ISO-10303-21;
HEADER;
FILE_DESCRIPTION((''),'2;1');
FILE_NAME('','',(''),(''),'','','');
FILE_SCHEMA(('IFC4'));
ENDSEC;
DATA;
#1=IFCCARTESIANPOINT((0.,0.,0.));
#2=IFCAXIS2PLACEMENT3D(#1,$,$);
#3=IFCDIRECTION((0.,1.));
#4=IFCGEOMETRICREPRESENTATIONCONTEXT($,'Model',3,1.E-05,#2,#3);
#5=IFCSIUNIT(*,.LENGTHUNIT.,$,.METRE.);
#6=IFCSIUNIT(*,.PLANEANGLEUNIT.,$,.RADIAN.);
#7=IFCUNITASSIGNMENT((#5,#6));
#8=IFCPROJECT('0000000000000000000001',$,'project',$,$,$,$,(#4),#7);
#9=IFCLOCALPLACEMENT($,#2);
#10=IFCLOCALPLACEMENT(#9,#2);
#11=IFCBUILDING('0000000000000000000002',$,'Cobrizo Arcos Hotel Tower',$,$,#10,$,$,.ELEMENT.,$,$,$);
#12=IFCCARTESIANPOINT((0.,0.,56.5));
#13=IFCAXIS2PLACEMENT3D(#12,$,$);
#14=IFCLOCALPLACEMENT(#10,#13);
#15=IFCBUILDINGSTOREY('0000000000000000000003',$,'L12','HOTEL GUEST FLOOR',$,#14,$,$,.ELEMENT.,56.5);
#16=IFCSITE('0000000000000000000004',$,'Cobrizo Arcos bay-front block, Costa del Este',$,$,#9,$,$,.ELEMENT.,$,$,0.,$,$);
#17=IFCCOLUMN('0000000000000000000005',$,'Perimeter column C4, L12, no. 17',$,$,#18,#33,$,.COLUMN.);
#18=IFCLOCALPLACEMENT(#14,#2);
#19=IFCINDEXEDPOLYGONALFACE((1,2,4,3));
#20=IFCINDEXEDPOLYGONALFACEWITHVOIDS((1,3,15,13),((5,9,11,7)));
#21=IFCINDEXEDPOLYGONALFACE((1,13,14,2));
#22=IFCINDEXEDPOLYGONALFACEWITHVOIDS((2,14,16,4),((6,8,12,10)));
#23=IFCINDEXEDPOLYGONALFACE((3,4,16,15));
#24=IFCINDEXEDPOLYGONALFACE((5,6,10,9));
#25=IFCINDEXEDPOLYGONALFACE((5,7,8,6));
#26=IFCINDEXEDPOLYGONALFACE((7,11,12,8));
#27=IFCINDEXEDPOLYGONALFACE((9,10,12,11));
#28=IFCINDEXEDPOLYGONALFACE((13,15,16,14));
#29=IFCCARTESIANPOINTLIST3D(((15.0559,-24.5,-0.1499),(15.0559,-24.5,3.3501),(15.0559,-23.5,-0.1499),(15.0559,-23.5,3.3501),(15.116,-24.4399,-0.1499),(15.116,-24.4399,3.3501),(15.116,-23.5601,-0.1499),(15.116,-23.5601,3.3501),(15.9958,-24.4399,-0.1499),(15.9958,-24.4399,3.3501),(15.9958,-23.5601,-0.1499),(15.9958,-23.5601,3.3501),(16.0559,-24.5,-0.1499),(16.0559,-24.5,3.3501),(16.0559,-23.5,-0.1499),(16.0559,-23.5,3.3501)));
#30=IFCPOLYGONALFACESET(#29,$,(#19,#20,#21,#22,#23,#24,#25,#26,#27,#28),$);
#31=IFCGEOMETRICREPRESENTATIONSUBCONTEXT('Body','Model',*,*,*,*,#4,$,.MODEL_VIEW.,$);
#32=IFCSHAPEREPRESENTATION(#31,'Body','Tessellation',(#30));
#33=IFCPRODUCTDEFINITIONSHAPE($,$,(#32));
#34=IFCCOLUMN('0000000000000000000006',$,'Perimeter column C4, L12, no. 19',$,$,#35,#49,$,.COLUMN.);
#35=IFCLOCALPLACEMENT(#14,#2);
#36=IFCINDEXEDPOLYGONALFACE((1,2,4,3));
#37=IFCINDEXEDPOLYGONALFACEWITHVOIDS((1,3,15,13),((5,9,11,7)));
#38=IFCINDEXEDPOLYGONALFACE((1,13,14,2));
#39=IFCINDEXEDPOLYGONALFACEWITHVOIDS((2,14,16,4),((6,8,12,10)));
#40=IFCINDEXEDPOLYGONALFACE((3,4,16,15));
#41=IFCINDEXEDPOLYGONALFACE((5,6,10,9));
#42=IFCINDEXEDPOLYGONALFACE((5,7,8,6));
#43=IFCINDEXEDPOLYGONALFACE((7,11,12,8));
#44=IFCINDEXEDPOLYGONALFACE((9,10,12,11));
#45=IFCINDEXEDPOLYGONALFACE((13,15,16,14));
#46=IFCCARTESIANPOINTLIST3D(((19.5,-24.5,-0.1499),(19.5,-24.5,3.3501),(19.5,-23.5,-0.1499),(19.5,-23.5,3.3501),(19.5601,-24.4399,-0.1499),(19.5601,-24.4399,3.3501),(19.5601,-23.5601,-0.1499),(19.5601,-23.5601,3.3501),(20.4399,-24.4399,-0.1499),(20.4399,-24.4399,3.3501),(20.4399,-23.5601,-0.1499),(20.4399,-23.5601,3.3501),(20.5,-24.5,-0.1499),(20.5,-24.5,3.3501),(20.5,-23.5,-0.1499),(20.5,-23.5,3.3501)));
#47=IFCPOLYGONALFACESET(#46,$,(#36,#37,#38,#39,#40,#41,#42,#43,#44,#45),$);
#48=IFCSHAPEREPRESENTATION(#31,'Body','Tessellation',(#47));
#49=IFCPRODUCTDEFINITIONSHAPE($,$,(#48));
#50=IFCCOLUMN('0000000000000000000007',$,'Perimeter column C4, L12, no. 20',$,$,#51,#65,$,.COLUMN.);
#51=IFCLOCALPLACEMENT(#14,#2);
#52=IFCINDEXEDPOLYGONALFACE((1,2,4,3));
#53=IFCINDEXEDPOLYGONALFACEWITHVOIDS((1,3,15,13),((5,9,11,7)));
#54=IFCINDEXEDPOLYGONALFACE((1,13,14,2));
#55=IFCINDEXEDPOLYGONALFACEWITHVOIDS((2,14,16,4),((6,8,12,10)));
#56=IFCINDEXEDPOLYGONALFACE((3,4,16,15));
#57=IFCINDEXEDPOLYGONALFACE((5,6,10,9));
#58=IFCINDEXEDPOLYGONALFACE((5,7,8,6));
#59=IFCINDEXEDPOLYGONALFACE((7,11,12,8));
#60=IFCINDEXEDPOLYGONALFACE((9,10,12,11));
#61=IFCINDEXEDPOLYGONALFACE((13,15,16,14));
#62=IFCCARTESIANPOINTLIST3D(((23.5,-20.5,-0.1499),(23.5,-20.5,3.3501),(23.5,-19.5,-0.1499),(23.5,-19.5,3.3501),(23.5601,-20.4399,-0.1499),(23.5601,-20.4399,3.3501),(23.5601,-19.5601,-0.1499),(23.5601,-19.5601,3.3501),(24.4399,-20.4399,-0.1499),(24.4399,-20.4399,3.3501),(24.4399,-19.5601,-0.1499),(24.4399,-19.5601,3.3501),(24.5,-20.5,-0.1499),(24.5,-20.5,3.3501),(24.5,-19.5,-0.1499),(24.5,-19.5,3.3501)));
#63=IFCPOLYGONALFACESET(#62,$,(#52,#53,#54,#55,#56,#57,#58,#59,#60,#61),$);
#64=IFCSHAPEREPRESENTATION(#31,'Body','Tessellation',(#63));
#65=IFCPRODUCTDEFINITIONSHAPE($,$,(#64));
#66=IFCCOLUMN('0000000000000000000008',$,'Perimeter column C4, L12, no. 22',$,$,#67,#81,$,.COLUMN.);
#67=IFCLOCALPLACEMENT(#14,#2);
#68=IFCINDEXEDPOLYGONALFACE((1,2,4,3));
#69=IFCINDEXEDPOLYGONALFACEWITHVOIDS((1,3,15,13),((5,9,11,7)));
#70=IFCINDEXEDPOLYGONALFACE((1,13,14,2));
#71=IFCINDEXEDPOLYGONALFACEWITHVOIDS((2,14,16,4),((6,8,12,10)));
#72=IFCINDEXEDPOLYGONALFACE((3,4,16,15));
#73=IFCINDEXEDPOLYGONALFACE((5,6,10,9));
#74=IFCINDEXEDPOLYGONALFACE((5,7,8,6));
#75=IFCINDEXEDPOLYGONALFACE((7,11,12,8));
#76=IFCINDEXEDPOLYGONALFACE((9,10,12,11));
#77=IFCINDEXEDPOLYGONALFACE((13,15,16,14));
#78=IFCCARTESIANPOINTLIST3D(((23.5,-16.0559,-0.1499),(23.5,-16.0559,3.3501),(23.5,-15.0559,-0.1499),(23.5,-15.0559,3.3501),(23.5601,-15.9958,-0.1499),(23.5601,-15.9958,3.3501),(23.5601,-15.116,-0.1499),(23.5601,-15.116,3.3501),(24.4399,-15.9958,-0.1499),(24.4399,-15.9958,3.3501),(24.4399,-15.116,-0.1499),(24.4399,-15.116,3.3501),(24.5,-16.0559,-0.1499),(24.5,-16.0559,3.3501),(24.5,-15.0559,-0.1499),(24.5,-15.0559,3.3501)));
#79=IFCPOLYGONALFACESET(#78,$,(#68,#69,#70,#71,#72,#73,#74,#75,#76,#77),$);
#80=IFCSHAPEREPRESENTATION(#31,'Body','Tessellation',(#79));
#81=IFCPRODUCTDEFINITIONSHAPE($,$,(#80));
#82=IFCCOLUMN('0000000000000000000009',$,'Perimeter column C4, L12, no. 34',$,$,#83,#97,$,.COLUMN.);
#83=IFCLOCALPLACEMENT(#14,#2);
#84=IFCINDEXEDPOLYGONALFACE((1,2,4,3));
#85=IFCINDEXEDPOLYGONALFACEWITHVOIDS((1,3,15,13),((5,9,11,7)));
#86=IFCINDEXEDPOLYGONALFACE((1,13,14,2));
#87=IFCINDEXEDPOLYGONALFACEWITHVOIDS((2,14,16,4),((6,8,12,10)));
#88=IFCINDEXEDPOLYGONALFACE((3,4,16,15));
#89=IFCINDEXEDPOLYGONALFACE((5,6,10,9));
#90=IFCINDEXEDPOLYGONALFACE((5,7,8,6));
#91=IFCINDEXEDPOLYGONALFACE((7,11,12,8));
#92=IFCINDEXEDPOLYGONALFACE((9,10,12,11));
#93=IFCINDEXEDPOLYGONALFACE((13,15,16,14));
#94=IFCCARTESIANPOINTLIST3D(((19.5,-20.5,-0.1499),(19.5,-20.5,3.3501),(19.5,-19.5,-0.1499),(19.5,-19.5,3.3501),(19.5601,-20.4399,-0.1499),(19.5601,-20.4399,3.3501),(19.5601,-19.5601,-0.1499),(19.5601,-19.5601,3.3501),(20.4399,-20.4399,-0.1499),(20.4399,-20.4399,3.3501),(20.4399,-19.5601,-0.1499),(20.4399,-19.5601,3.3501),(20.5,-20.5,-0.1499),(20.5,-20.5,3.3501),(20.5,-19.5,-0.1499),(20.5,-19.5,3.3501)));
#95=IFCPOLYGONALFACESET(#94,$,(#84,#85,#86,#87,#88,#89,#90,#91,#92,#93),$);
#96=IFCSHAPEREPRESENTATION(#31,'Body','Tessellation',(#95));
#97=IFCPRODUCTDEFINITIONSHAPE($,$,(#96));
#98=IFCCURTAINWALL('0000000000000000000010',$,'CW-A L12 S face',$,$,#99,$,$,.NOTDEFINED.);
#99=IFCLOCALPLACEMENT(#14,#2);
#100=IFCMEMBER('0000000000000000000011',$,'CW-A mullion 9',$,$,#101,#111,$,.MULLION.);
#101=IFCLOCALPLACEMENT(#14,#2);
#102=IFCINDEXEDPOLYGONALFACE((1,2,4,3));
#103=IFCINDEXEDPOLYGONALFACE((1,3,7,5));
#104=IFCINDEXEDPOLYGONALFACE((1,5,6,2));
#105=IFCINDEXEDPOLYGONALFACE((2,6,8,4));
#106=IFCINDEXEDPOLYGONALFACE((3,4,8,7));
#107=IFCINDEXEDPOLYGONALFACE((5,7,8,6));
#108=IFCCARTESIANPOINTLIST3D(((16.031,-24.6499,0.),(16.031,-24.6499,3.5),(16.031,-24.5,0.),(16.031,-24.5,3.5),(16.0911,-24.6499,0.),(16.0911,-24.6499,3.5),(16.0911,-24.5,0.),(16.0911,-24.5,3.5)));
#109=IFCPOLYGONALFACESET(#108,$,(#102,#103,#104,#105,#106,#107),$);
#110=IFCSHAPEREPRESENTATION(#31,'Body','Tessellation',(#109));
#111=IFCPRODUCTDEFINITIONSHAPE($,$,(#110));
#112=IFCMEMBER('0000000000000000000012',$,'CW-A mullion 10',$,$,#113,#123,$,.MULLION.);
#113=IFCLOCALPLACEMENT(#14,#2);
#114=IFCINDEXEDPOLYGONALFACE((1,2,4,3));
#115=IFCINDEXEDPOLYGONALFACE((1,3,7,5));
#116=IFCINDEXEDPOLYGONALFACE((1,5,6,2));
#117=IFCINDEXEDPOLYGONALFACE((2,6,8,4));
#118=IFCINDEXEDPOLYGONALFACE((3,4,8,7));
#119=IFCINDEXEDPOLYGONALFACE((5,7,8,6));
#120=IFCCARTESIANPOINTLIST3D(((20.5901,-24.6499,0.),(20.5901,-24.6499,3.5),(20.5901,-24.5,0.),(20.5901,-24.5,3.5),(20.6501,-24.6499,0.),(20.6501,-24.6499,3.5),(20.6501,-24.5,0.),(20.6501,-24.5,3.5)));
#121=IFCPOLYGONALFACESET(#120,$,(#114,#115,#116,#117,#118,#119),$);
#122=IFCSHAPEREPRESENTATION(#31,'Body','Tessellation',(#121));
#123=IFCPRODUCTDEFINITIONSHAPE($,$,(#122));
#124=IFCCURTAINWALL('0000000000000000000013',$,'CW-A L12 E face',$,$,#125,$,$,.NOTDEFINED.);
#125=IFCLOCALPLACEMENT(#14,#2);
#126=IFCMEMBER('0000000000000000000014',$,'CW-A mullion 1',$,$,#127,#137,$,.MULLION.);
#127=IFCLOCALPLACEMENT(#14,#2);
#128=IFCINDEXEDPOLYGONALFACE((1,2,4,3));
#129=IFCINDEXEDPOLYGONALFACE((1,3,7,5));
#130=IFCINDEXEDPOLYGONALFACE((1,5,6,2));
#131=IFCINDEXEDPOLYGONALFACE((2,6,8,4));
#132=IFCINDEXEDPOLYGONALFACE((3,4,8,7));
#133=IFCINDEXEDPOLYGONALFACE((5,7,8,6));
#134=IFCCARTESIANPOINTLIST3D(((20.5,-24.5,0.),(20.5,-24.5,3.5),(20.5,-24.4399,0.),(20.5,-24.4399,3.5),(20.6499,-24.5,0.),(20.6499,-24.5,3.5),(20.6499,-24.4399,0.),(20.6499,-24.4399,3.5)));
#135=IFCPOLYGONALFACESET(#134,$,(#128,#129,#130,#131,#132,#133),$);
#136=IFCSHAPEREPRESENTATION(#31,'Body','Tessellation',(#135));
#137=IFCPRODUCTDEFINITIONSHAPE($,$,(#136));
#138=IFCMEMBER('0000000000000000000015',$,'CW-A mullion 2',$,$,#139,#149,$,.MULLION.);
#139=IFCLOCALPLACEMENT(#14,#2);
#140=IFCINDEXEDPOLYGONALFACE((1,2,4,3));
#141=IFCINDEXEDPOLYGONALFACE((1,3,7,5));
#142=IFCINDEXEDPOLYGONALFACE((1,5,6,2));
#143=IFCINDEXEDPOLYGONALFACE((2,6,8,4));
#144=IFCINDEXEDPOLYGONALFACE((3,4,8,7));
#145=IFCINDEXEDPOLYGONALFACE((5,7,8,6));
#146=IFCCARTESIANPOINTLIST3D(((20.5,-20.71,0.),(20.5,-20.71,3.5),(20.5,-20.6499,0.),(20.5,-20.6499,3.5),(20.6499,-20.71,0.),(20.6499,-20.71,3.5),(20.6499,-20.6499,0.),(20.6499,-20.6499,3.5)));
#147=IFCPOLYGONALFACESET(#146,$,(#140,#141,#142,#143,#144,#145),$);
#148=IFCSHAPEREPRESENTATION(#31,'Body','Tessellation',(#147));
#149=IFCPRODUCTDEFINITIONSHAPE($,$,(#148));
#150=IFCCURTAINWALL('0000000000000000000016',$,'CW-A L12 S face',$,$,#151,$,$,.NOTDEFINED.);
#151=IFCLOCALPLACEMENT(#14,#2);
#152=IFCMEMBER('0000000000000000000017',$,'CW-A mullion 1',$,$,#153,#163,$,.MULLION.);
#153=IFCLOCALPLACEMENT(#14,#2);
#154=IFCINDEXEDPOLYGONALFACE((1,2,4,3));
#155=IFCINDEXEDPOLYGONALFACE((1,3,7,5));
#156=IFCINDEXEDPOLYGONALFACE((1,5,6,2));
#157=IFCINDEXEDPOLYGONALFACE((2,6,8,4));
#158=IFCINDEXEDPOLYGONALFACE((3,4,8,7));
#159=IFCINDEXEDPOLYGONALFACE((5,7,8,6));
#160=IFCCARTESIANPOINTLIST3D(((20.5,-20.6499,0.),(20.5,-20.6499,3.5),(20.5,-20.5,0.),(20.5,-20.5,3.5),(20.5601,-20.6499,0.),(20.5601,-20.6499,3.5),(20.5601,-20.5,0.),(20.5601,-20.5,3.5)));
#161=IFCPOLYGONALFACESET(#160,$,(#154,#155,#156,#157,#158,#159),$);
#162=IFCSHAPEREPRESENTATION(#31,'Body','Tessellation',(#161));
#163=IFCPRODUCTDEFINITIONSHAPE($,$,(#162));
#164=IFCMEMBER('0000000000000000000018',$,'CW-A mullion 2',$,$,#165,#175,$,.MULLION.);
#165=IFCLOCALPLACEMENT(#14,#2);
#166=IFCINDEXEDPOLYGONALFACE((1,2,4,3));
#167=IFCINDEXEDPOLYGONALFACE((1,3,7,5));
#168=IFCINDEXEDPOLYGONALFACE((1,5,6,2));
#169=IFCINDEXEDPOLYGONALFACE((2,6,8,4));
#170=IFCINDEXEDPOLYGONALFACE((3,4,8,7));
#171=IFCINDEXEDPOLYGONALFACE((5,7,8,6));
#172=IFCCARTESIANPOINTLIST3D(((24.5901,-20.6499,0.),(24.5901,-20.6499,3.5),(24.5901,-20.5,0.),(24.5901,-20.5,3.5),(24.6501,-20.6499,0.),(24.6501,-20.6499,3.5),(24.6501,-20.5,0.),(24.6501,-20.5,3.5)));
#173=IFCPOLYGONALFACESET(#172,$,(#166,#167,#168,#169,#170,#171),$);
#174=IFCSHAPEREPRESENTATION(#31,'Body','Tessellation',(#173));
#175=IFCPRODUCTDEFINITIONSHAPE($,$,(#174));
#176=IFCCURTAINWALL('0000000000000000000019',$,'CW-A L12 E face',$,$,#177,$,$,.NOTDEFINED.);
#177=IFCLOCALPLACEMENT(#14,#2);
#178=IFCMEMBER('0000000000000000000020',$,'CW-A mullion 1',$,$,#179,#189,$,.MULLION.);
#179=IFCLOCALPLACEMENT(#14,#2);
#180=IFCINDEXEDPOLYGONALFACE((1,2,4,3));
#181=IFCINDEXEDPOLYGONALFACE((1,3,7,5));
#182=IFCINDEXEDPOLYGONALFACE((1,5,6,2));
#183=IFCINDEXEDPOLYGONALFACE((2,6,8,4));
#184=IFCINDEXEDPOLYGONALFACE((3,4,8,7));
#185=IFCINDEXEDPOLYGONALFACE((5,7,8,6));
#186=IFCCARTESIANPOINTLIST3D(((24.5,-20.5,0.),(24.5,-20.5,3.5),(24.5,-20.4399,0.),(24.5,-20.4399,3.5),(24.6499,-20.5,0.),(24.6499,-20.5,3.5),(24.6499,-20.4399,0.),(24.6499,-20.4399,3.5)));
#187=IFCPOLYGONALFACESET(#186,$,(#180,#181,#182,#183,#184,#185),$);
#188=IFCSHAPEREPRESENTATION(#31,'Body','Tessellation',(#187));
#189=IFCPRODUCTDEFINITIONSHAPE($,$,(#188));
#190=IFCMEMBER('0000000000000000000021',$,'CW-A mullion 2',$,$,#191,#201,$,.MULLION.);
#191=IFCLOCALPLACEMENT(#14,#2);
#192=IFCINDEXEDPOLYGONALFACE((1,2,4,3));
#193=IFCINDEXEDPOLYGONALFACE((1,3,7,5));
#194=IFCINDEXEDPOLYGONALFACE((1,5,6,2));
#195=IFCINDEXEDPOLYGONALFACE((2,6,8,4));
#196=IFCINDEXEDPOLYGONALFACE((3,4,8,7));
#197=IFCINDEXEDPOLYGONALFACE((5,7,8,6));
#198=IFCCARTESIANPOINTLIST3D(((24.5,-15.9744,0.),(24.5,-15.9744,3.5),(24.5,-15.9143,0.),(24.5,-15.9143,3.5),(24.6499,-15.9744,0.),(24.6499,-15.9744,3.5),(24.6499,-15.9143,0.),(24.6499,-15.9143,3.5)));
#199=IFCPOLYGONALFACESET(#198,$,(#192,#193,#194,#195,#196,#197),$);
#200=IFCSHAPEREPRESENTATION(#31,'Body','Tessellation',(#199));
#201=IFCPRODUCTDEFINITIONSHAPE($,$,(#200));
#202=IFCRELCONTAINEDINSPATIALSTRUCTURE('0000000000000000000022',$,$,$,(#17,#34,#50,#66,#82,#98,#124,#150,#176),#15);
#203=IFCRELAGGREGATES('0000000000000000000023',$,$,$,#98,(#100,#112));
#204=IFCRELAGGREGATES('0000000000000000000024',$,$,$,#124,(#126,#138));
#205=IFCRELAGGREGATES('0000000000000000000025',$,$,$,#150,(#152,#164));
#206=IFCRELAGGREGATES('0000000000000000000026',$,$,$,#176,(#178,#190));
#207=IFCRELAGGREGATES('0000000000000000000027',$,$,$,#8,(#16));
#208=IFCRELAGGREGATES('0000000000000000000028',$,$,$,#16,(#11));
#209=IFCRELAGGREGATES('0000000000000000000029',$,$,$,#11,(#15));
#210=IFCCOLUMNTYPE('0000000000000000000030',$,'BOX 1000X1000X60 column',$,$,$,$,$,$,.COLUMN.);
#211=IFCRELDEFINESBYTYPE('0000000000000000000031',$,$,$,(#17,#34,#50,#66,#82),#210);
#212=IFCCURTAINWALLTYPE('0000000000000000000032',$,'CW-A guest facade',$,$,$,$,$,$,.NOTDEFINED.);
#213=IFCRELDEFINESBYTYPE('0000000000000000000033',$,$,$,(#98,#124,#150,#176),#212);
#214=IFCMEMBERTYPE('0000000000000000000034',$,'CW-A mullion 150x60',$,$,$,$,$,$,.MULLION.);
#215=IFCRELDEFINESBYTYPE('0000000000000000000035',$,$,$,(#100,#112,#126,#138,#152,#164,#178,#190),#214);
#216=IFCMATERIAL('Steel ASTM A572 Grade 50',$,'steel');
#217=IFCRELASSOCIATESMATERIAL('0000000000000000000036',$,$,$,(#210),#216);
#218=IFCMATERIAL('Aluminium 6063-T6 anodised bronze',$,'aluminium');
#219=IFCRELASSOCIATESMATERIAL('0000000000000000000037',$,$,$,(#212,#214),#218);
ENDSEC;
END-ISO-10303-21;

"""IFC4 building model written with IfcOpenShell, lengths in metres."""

from ifc_helpers import new_model, si_unit, direction, frame, origin, origin_2d, place, context, subcontext, project, spatial, rectangle, hollow_rectangle, extrude, material, material_profile, profile_set, type_object, element, aggregate, save


model = new_model("IFC4")

# Units and contexts
model_context = context("Model", 3, precision=1e-05, world=origin(), true_north=direction((0.0, 1.0)))
body_context = subcontext(model_context, "Body", "Model", "MODEL_VIEW")
ifc_project = project(units=[si_unit("LENGTHUNIT", "METRE"), si_unit("PLANEANGLEUNIT", "RADIAN")], contexts=[model_context])

# Site, building, storey
site_placement = place(None, origin())
site = spatial("IfcSite", under=ifc_project, at=site_placement, Name="Cobrizo Arcos bay-front block, Costa del Este", CompositionType="ELEMENT", RefElevation=0.0)
building_placement = place(site_placement, origin())
building = spatial("IfcBuilding", under=site, at=building_placement, Name="Cobrizo Arcos Hotel Tower", CompositionType="ELEMENT")
storey_placement = place(building_placement, frame((0.0, 0.0, 56.5)))
storey = spatial("IfcBuildingStorey", under=building, at=storey_placement, Name="L12", Description="HOTEL GUEST FLOOR", CompositionType="ELEMENT", Elevation=56.5)

# Columns
ifc_material_1 = material(Name="Steel ASTM A572 Grade 50", Category="steel")
ifc_material_profile_1 = material_profile(ifc_material_1, hollow_rectangle(XDim=1.0, YDim=1.0, WallThickness=0.0601, at=origin_2d()), Name="BOX 1000X1000X60")
ifc_profile_set_1 = profile_set([ifc_material_profile_1], Name="Steel ASTM A572 Grade 50")
column_type = type_object("IfcColumnType", Name="BOX 1000X1000X60 column", PredefinedType="COLUMN", material=ifc_profile_set_1)
for number, where, z_axis, x_axis, name in (
    (1, (15.5559, -24.0, -0.1499), (0.0, 0.0, 1.0), (1.0, 0.0, 0.0), "Perimeter column C4, L12, no. 17"),
    (2, (20.0, -24.0, -0.1499), (0.0, 0.0, 1.0), (1.0, 0.0, 0.0), "Perimeter column C4, L12, no. 19"),
    (3, (24.0, -20.0, -0.1499), (0.0, 0.0, 1.0), (1.0, 0.0, 0.0), "Perimeter column C4, L12, no. 20"),
    (4, (24.0, -15.5559, -0.1499), (0.0, 0.0, 1.0), (1.0, 0.0, 0.0), "Perimeter column C4, L12, no. 22"),
    (5, (20.0, -20.0, -0.1499), (0.0, 0.0, 1.0), (1.0, 0.0, 0.0), "Perimeter column C4, L12, no. 34"),
):
    element("IfcColumn", number, at=place(storey_placement, frame(where, z_axis=z_axis, x_axis=x_axis)), inside=storey, type_object=column_type, Name=name, PredefinedType="COLUMN", context=body_context, shape_type="SweptSolid", body=[
        extrude(hollow_rectangle(XDim=1.0, YDim=1.0, WallThickness=0.0601, at=origin_2d()), origin(), (0.0, 0.0, 1.0), 3.5),
    ])

# Curtain walls, members
ifc_material_2 = material(Name="Aluminium 6063-T6 anodised bronze", Category="aluminium")
curtain_wall_type = type_object("IfcCurtainWallType", Name="CW-A guest facade", PredefinedType="NOTDEFINED", material=ifc_material_2)
curtain_wall_1_placement = place(storey_placement, origin())
curtain_wall_1 = element("IfcCurtainWall", 6, at=curtain_wall_1_placement, inside=storey, type_object=curtain_wall_type, Name="CW-A L12 S face", PredefinedType="NOTDEFINED")
ifc_material_profile_2 = material_profile(ifc_material_2, rectangle(XDim=0.1499, YDim=0.0601, at=origin_2d()), Name="CW-A mullion 150x60")
ifc_profile_set_2 = profile_set([ifc_material_profile_2], Name="Aluminium 6063-T6 anodised bronze")
member_type = type_object("IfcMemberType", Name="CW-A mullion 150x60", PredefinedType="MULLION", material=ifc_profile_set_2)
member_1_placement = place(storey_placement, frame((16.061, -24.575, 0.0), z_axis=(0.0, 0.0, 1.0), x_axis=(0.0, -1.0, 0.0)))
member_1 = element("IfcMember", 7, at=member_1_placement, type_object=member_type, Name="CW-A mullion 9", PredefinedType="MULLION", context=body_context, shape_type="SweptSolid", body=[
    extrude(rectangle(XDim=0.1499, YDim=0.0601, at=origin_2d()), origin(), (0.0, 0.0, 1.0), 3.5),
])
member_2_placement = place(storey_placement, frame((20.6201, -24.575, 0.0), z_axis=(0.0, 0.0, 1.0), x_axis=(0.0, -1.0, 0.0)))
member_2 = element("IfcMember", 8, at=member_2_placement, type_object=member_type, Name="CW-A mullion 10", PredefinedType="MULLION", context=body_context, shape_type="SweptSolid", body=[
    extrude(rectangle(XDim=0.1499, YDim=0.0601, at=origin_2d()), origin(), (0.0, 0.0, 1.0), 3.5),
])
curtain_wall_2_placement = place(storey_placement, origin())
curtain_wall_2 = element("IfcCurtainWall", 9, at=curtain_wall_2_placement, inside=storey, type_object=curtain_wall_type, Name="CW-A L12 E face", PredefinedType="NOTDEFINED")
member_3_placement = place(storey_placement, frame((20.575, -24.47, 0.0), z_axis=(0.0, 0.0, 1.0), x_axis=(1.0, 0.0, 0.0)))
member_3 = element("IfcMember", 10, at=member_3_placement, type_object=member_type, Name="CW-A mullion 1", PredefinedType="MULLION", context=body_context, shape_type="SweptSolid", body=[
    extrude(rectangle(XDim=0.1499, YDim=0.0601, at=origin_2d()), origin(), (0.0, 0.0, 1.0), 3.5),
])
member_4_placement = place(storey_placement, frame((20.575, -20.6799, 0.0), z_axis=(0.0, 0.0, 1.0), x_axis=(1.0, 0.0, 0.0)))
member_4 = element("IfcMember", 11, at=member_4_placement, type_object=member_type, Name="CW-A mullion 2", PredefinedType="MULLION", context=body_context, shape_type="SweptSolid", body=[
    extrude(rectangle(XDim=0.1499, YDim=0.0601, at=origin_2d()), origin(), (0.0, 0.0, 1.0), 3.5),
])
curtain_wall_3_placement = place(storey_placement, origin())
curtain_wall_3 = element("IfcCurtainWall", 12, at=curtain_wall_3_placement, inside=storey, type_object=curtain_wall_type, Name="CW-A L12 S face", PredefinedType="NOTDEFINED")
member_5_placement = place(storey_placement, frame((20.53, -20.575, 0.0), z_axis=(0.0, 0.0, 1.0), x_axis=(0.0, -1.0, 0.0)))
member_5 = element("IfcMember", 13, at=member_5_placement, type_object=member_type, Name="CW-A mullion 1", PredefinedType="MULLION", context=body_context, shape_type="SweptSolid", body=[
    extrude(rectangle(XDim=0.1499, YDim=0.0601, at=origin_2d()), origin(), (0.0, 0.0, 1.0), 3.5),
])
member_6_placement = place(storey_placement, frame((24.6201, -20.575, 0.0), z_axis=(0.0, 0.0, 1.0), x_axis=(0.0, -1.0, 0.0)))
member_6 = element("IfcMember", 14, at=member_6_placement, type_object=member_type, Name="CW-A mullion 2", PredefinedType="MULLION", context=body_context, shape_type="SweptSolid", body=[
    extrude(rectangle(XDim=0.1499, YDim=0.0601, at=origin_2d()), origin(), (0.0, 0.0, 1.0), 3.5),
])
curtain_wall_4_placement = place(storey_placement, origin())
curtain_wall_4 = element("IfcCurtainWall", 15, at=curtain_wall_4_placement, inside=storey, type_object=curtain_wall_type, Name="CW-A L12 E face", PredefinedType="NOTDEFINED")
member_7_placement = place(storey_placement, frame((24.575, -20.47, 0.0), z_axis=(0.0, 0.0, 1.0), x_axis=(1.0, 0.0, 0.0)))
member_7 = element("IfcMember", 16, at=member_7_placement, type_object=member_type, Name="CW-A mullion 1", PredefinedType="MULLION", context=body_context, shape_type="SweptSolid", body=[
    extrude(rectangle(XDim=0.1499, YDim=0.0601, at=origin_2d()), origin(), (0.0, 0.0, 1.0), 3.5),
])
member_8_placement = place(storey_placement, frame((24.575, -15.9443, 0.0), z_axis=(0.0, 0.0, 1.0), x_axis=(1.0, 0.0, 0.0)))
member_8 = element("IfcMember", 17, at=member_8_placement, type_object=member_type, Name="CW-A mullion 2", PredefinedType="MULLION", context=body_context, shape_type="SweptSolid", body=[
    extrude(rectangle(XDim=0.1499, YDim=0.0601, at=origin_2d()), origin(), (0.0, 0.0, 1.0), 3.5),
])

aggregate(curtain_wall_1, [member_1, member_2])
aggregate(curtain_wall_2, [member_3, member_4])
aggregate(curtain_wall_3, [member_5, member_6])
aggregate(curtain_wall_4, [member_7, member_8])

save(model, "model.ifc")
